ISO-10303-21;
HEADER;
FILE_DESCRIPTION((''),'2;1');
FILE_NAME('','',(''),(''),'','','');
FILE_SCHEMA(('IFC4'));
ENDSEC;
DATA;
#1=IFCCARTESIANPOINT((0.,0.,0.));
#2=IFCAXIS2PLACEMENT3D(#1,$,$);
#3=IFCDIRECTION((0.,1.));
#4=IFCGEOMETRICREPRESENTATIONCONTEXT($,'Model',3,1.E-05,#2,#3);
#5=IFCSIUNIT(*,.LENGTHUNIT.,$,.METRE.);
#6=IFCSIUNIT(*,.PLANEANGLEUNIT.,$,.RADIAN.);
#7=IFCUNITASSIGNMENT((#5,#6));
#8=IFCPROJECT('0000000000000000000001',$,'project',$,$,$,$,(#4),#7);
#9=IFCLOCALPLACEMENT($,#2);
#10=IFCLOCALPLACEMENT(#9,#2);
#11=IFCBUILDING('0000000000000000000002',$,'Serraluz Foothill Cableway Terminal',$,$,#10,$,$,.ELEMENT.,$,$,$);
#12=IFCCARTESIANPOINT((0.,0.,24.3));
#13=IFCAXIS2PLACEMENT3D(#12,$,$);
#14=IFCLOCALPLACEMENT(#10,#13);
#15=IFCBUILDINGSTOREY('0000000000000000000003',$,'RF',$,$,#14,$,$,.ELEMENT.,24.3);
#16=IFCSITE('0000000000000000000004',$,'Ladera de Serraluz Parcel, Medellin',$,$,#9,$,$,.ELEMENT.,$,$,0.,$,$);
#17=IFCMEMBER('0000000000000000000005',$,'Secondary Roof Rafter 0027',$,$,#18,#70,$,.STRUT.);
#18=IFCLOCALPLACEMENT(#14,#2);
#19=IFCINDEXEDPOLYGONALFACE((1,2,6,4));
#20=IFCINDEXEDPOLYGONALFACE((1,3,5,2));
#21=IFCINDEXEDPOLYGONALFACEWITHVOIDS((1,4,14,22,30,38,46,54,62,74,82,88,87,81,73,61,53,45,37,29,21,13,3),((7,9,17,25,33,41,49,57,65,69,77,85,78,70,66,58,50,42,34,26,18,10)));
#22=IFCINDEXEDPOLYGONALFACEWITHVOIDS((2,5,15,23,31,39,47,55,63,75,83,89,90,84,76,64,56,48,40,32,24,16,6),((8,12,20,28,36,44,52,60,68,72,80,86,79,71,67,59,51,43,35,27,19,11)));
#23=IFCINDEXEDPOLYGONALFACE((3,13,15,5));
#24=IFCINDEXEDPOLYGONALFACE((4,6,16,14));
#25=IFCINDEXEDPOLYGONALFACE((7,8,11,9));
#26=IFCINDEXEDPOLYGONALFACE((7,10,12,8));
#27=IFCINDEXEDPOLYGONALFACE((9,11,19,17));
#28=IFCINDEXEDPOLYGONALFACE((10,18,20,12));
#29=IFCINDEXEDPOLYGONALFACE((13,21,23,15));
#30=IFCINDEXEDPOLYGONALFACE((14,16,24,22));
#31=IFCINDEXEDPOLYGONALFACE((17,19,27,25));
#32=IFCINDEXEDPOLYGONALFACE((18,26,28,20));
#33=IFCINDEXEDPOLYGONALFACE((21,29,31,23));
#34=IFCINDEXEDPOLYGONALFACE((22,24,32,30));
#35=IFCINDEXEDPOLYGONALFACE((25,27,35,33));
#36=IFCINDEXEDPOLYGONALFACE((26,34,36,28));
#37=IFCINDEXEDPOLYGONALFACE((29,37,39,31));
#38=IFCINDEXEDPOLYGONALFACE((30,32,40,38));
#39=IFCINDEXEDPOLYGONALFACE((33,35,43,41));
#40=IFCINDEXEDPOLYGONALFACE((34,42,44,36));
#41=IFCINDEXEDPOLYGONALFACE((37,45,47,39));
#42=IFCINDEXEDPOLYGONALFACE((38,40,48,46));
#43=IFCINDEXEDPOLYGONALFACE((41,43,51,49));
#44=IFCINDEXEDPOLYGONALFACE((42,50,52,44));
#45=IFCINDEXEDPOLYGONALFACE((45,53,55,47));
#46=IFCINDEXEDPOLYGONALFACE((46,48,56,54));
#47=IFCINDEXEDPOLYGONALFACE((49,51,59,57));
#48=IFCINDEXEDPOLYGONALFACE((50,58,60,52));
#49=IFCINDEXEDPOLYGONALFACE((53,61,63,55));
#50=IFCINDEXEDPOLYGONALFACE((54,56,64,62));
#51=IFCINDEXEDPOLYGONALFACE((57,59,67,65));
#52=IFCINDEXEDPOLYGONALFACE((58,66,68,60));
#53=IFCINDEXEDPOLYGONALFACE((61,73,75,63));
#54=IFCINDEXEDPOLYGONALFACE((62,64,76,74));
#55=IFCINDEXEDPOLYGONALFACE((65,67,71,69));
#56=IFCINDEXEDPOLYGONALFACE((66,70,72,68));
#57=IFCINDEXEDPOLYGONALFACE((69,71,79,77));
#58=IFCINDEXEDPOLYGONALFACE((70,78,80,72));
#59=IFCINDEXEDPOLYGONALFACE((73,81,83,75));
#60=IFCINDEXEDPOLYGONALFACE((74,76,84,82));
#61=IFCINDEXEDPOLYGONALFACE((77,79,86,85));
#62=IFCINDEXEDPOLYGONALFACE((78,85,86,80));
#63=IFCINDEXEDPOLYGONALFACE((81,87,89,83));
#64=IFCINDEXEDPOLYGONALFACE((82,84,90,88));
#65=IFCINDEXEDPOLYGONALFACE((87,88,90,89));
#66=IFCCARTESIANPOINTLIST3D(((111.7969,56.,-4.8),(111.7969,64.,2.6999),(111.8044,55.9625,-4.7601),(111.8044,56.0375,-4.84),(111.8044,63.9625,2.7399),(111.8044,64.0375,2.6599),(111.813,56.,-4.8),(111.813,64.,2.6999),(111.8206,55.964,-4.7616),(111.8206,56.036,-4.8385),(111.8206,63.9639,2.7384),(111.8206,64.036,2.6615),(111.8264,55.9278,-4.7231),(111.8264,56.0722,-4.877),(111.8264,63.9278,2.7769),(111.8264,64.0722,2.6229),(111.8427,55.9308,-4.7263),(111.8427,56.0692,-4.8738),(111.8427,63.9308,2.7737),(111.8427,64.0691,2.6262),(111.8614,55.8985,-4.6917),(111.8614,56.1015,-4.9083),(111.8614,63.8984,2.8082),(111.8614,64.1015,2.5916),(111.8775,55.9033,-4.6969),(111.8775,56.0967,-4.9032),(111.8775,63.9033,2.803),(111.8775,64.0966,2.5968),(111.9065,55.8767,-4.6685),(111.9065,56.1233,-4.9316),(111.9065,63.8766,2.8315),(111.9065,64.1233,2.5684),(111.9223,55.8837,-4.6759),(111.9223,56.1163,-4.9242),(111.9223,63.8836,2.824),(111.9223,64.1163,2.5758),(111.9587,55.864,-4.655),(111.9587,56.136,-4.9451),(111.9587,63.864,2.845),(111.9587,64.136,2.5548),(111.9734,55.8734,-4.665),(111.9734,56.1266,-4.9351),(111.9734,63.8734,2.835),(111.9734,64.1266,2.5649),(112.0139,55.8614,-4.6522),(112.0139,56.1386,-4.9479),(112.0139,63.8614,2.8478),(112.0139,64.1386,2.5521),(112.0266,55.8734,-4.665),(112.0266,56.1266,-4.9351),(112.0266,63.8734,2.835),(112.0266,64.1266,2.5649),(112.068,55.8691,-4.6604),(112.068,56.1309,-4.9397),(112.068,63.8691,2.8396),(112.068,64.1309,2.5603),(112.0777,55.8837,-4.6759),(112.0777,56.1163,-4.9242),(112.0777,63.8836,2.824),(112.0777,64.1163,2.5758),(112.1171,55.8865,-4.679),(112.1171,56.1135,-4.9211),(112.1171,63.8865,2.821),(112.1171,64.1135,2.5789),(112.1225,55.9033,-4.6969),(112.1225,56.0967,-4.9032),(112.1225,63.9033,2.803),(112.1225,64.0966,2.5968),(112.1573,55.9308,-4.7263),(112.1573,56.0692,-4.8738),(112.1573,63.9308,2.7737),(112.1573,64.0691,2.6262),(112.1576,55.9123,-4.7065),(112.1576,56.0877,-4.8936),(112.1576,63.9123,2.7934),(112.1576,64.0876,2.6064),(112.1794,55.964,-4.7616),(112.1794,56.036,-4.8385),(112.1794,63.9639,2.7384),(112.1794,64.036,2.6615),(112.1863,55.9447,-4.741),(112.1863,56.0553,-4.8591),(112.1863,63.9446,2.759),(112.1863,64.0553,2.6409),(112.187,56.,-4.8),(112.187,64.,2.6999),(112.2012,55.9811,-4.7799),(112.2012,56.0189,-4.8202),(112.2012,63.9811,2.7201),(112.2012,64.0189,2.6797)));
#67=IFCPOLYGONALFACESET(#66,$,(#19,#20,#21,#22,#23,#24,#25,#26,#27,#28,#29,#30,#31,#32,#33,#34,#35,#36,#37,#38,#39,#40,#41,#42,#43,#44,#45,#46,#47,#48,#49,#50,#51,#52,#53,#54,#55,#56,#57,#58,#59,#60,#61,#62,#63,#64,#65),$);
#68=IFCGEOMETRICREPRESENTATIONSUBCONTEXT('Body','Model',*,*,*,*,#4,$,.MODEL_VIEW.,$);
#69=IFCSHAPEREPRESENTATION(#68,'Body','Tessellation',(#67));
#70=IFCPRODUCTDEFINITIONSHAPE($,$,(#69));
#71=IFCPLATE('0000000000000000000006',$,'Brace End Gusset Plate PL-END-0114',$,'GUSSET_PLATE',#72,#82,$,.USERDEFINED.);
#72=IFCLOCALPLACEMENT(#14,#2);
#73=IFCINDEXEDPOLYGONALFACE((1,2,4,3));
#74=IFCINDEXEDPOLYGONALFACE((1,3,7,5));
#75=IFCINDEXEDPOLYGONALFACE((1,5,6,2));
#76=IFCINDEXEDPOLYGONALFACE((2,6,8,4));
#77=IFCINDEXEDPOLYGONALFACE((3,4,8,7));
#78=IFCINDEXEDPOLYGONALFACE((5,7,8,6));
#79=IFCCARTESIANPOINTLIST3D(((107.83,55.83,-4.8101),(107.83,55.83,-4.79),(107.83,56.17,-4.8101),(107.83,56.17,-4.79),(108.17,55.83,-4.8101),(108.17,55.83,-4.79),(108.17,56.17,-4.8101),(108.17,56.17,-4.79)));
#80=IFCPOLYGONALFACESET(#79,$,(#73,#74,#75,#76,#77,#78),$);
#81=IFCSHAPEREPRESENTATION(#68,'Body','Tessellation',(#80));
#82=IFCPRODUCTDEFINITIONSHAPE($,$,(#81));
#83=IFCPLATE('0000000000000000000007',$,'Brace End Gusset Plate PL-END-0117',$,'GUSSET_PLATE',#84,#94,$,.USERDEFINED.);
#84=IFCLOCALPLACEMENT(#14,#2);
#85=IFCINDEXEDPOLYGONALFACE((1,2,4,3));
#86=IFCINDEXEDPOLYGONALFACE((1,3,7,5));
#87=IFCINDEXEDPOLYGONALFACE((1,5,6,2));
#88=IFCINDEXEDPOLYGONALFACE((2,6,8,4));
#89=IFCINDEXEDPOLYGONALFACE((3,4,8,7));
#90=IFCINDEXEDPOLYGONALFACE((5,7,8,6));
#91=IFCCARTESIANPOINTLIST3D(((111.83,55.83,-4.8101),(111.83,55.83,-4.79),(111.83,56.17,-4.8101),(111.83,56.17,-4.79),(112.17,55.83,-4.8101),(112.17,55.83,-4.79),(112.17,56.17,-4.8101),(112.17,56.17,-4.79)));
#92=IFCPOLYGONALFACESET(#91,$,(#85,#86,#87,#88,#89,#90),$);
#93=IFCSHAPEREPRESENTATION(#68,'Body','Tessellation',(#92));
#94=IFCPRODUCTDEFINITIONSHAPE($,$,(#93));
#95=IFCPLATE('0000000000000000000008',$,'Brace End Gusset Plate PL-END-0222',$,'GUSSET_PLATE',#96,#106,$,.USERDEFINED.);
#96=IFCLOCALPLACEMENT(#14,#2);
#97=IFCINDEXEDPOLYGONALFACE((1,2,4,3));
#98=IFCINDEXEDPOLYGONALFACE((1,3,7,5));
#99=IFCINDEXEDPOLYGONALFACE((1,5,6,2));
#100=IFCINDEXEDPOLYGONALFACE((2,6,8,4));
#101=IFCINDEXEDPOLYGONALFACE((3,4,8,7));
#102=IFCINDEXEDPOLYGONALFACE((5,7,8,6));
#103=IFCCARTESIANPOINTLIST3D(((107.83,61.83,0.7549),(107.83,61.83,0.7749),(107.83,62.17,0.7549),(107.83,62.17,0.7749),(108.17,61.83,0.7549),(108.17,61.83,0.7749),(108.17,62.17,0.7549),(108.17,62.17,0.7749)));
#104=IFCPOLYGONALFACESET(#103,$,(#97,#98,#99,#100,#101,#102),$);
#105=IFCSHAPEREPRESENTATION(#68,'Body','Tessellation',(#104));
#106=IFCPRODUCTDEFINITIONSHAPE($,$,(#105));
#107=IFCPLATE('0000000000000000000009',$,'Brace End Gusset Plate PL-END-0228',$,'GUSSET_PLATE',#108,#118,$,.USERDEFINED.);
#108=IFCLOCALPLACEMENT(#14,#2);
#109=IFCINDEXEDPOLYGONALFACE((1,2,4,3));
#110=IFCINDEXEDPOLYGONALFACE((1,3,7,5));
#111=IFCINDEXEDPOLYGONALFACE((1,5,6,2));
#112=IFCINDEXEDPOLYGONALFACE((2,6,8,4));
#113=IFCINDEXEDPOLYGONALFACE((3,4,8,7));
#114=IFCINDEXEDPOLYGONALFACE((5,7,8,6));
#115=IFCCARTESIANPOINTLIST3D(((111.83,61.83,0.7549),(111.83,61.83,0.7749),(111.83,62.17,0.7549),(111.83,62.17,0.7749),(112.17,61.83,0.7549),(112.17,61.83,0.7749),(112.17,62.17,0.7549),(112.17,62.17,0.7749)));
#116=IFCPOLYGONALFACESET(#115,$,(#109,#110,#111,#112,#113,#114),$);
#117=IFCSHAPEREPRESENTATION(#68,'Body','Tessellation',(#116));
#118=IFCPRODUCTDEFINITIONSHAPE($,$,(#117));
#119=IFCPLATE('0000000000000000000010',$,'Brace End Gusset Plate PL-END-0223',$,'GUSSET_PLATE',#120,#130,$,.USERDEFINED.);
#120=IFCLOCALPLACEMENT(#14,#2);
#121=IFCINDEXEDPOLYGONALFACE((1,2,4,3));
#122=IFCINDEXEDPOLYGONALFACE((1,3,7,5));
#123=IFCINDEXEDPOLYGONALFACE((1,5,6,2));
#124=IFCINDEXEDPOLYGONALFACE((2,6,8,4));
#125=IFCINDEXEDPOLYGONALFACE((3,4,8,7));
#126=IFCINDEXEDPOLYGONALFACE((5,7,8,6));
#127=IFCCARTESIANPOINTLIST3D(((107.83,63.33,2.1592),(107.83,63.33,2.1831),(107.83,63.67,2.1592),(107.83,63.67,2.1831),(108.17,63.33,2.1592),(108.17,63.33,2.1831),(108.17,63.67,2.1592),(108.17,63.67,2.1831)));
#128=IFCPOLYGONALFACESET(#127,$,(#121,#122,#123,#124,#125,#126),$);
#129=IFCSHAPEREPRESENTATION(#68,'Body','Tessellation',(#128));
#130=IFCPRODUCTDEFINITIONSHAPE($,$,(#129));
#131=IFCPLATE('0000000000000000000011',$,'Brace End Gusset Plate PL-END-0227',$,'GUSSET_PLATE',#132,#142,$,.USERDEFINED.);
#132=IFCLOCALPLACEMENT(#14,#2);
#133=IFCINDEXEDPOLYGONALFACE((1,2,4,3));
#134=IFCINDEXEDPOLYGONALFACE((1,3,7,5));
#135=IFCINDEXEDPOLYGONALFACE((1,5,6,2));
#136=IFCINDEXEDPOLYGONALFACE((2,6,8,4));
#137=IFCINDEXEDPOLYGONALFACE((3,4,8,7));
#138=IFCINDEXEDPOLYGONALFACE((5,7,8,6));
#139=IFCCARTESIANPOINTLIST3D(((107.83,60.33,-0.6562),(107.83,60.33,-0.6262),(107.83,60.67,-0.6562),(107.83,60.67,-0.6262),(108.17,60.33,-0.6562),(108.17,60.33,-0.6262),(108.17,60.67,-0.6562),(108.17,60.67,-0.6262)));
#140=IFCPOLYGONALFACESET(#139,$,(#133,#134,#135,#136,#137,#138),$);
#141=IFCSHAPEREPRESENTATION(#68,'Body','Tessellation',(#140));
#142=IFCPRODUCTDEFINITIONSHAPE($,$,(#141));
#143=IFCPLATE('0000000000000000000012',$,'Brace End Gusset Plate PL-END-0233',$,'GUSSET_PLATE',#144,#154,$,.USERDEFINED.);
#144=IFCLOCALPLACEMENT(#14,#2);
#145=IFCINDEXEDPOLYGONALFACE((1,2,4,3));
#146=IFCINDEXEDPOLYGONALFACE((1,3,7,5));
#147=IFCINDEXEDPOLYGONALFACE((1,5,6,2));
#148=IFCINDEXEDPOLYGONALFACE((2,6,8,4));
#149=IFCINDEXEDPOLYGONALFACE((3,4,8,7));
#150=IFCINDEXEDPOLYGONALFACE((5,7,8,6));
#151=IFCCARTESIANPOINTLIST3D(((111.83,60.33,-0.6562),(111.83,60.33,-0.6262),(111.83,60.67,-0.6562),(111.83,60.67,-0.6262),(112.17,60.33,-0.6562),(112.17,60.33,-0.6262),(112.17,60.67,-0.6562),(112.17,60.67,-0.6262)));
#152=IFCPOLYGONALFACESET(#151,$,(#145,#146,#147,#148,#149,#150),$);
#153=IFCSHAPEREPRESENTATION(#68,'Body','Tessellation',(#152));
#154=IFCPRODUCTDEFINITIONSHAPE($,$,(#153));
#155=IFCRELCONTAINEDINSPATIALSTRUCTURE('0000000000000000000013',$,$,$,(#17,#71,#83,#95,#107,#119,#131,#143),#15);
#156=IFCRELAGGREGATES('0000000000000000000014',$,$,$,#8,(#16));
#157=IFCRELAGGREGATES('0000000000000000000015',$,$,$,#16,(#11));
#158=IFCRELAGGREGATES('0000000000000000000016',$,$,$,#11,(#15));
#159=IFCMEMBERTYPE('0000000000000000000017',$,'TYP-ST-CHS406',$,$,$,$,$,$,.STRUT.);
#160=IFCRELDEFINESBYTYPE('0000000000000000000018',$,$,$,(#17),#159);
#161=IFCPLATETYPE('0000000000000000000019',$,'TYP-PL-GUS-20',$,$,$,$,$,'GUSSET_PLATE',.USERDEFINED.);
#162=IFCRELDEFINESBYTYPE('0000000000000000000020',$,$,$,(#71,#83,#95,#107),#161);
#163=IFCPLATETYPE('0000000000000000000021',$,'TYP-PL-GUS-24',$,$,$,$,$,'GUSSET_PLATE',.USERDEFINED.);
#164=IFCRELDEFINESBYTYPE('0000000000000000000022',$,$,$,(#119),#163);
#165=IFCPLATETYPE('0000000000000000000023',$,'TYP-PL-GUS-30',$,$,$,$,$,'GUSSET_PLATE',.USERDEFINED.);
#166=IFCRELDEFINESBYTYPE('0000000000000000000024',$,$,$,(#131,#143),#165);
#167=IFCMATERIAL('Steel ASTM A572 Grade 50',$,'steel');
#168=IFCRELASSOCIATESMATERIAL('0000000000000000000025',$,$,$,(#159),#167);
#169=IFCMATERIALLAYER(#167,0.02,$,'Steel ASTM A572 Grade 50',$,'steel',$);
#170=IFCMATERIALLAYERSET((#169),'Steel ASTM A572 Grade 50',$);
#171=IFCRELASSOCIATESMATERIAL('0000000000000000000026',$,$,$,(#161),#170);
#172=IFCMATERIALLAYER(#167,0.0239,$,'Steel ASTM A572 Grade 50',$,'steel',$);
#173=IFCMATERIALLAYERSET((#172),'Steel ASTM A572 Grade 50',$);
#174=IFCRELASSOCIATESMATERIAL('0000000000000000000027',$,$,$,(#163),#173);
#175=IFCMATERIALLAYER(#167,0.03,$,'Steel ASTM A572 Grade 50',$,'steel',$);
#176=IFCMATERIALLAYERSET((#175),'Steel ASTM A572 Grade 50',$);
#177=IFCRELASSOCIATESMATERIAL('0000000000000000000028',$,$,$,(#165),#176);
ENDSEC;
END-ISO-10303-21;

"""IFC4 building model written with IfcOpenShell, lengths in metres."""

from ifc_helpers import new_model, si_unit, direction, frame, origin, origin_2d, place, context, subcontext, project, spatial, rectangle, hollow_circle, extrude, material, layer, layer_set, material_profile, profile_set, type_object, element, save


model = new_model("IFC4")

# Units and contexts
model_context = context("Model", 3, precision=1e-05, world=origin(), true_north=direction((0.0, 1.0)))
body_context = subcontext(model_context, "Body", "Model", "MODEL_VIEW")
ifc_project = project(units=[si_unit("LENGTHUNIT", "METRE"), si_unit("PLANEANGLEUNIT", "RADIAN")], contexts=[model_context])

# Site, building, storey
site_placement = place(None, origin())
site = spatial("IfcSite", under=ifc_project, at=site_placement, Name="Ladera de Serraluz Parcel, Medellin", CompositionType="ELEMENT", RefElevation=0.0)
building_placement = place(site_placement, origin())
building = spatial("IfcBuilding", under=site, at=building_placement, Name="Serraluz Foothill Cableway Terminal", CompositionType="ELEMENT")
storey_placement = place(building_placement, frame((0.0, 0.0, 24.3)))
storey = spatial("IfcBuildingStorey", under=building, at=storey_placement, Name="RF", CompositionType="ELEMENT", Elevation=24.3)

# Member
ifc_material_1 = material(Name="Steel ASTM A572 Grade 50", Category="steel")
ifc_material_profile_1 = material_profile(ifc_material_1, hollow_circle(Radius=0.2031, WallThickness=0.0161, at=origin_2d()), Name="CHS406X16")
ifc_profile_set_1 = profile_set([ifc_material_profile_1], Name="Steel ASTM A572 Grade 50")
member_type_1 = type_object("IfcMemberType", Name="TYP-ST-CHS406", PredefinedType="STRUT", material=ifc_profile_set_1)
member_placement = place(storey_placement, frame((112.0, 56.0, -4.8), z_axis=(0.0, 0.729537, 0.683941), x_axis=(-1.0, 0.0, 0.0)))
element("IfcMember", 1, at=member_placement, inside=storey, type_object=member_type_1, Name="Secondary Roof Rafter 0027", PredefinedType="STRUT", context=body_context, shape_type="SweptSolid", body=[
    extrude(hollow_circle(Radius=0.2031, WallThickness=0.0161, at=origin_2d()), origin(), (0.0, 0.0, 1.0), 10.9658),
])

# Plates
ifc_layer_1 = layer(ifc_material_1, 0.02, Name="Steel ASTM A572 Grade 50", Category="steel")
ifc_layer_set_1 = layer_set([ifc_layer_1], Name="Steel ASTM A572 Grade 50")
plate_type_1 = type_object("IfcPlateType", Name="TYP-PL-GUS-20", ElementType="GUSSET_PLATE", PredefinedType="USERDEFINED", material=ifc_layer_set_1)
for number, where, z_axis, x_axis, name in (
    (2, (108.0, 56.0, -4.8101), (0.0, 0.0, 1.0), (1.0, 0.0, 0.0), "Brace End Gusset Plate PL-END-0114"),
    (3, (112.0, 56.0, -4.8101), (0.0, 0.0, 1.0), (1.0, 0.0, 0.0), "Brace End Gusset Plate PL-END-0117"),
    (4, (108.0, 62.0, 0.7549), (0.0, 0.0, 1.0), (1.0, 0.0, 0.0), "Brace End Gusset Plate PL-END-0222"),
    (5, (112.0, 62.0, 0.7549), (0.0, 0.0, 1.0), (1.0, 0.0, 0.0), "Brace End Gusset Plate PL-END-0228"),
):
    element("IfcPlate", number, at=place(storey_placement, frame(where, z_axis=z_axis, x_axis=x_axis)), inside=storey, type_object=plate_type_1, Name=name, ObjectType="GUSSET_PLATE", PredefinedType="USERDEFINED", context=body_context, shape_type="SweptSolid", body=[
        extrude(rectangle(XDim=0.3401, YDim=0.3401, at=origin_2d()), origin(), (0.0, 0.0, 1.0), 0.02),
    ])
ifc_layer_2 = layer(ifc_material_1, 0.0239, Name="Steel ASTM A572 Grade 50", Category="steel")
ifc_layer_set_2 = layer_set([ifc_layer_2], Name="Steel ASTM A572 Grade 50")
plate_type_2 = type_object("IfcPlateType", Name="TYP-PL-GUS-24", ElementType="GUSSET_PLATE", PredefinedType="USERDEFINED", material=ifc_layer_set_2)
plate_placement = place(storey_placement, frame((108.0, 63.5, 2.1592), z_axis=(0.0, 0.0, 1.0), x_axis=(1.0, 0.0, 0.0)))
element("IfcPlate", 6, at=plate_placement, inside=storey, type_object=plate_type_2, Name="Brace End Gusset Plate PL-END-0223", ObjectType="GUSSET_PLATE", PredefinedType="USERDEFINED", context=body_context, shape_type="SweptSolid", body=[
    extrude(rectangle(XDim=0.3401, YDim=0.3401, at=origin_2d()), origin(), (0.0, 0.0, 1.0), 0.0239),
])
ifc_layer_3 = layer(ifc_material_1, 0.03, Name="Steel ASTM A572 Grade 50", Category="steel")
ifc_layer_set_3 = layer_set([ifc_layer_3], Name="Steel ASTM A572 Grade 50")
plate_type_3 = type_object("IfcPlateType", Name="TYP-PL-GUS-30", ElementType="GUSSET_PLATE", PredefinedType="USERDEFINED", material=ifc_layer_set_3)
for number, where, z_axis, x_axis, name in (
    (7, (108.0, 60.5, -0.6562), (0.0, 0.0, 1.0), (1.0, 0.0, 0.0), "Brace End Gusset Plate PL-END-0227"),
    (8, (112.0, 60.5, -0.6562), (0.0, 0.0, 1.0), (1.0, 0.0, 0.0), "Brace End Gusset Plate PL-END-0233"),
):
    element("IfcPlate", number, at=place(storey_placement, frame(where, z_axis=z_axis, x_axis=x_axis)), inside=storey, type_object=plate_type_3, Name=name, ObjectType="GUSSET_PLATE", PredefinedType="USERDEFINED", context=body_context, shape_type="SweptSolid", body=[
        extrude(rectangle(XDim=0.3401, YDim=0.3401, at=origin_2d()), origin(), (0.0, 0.0, 1.0), 0.03),
    ])

save(model, "model.ifc")
